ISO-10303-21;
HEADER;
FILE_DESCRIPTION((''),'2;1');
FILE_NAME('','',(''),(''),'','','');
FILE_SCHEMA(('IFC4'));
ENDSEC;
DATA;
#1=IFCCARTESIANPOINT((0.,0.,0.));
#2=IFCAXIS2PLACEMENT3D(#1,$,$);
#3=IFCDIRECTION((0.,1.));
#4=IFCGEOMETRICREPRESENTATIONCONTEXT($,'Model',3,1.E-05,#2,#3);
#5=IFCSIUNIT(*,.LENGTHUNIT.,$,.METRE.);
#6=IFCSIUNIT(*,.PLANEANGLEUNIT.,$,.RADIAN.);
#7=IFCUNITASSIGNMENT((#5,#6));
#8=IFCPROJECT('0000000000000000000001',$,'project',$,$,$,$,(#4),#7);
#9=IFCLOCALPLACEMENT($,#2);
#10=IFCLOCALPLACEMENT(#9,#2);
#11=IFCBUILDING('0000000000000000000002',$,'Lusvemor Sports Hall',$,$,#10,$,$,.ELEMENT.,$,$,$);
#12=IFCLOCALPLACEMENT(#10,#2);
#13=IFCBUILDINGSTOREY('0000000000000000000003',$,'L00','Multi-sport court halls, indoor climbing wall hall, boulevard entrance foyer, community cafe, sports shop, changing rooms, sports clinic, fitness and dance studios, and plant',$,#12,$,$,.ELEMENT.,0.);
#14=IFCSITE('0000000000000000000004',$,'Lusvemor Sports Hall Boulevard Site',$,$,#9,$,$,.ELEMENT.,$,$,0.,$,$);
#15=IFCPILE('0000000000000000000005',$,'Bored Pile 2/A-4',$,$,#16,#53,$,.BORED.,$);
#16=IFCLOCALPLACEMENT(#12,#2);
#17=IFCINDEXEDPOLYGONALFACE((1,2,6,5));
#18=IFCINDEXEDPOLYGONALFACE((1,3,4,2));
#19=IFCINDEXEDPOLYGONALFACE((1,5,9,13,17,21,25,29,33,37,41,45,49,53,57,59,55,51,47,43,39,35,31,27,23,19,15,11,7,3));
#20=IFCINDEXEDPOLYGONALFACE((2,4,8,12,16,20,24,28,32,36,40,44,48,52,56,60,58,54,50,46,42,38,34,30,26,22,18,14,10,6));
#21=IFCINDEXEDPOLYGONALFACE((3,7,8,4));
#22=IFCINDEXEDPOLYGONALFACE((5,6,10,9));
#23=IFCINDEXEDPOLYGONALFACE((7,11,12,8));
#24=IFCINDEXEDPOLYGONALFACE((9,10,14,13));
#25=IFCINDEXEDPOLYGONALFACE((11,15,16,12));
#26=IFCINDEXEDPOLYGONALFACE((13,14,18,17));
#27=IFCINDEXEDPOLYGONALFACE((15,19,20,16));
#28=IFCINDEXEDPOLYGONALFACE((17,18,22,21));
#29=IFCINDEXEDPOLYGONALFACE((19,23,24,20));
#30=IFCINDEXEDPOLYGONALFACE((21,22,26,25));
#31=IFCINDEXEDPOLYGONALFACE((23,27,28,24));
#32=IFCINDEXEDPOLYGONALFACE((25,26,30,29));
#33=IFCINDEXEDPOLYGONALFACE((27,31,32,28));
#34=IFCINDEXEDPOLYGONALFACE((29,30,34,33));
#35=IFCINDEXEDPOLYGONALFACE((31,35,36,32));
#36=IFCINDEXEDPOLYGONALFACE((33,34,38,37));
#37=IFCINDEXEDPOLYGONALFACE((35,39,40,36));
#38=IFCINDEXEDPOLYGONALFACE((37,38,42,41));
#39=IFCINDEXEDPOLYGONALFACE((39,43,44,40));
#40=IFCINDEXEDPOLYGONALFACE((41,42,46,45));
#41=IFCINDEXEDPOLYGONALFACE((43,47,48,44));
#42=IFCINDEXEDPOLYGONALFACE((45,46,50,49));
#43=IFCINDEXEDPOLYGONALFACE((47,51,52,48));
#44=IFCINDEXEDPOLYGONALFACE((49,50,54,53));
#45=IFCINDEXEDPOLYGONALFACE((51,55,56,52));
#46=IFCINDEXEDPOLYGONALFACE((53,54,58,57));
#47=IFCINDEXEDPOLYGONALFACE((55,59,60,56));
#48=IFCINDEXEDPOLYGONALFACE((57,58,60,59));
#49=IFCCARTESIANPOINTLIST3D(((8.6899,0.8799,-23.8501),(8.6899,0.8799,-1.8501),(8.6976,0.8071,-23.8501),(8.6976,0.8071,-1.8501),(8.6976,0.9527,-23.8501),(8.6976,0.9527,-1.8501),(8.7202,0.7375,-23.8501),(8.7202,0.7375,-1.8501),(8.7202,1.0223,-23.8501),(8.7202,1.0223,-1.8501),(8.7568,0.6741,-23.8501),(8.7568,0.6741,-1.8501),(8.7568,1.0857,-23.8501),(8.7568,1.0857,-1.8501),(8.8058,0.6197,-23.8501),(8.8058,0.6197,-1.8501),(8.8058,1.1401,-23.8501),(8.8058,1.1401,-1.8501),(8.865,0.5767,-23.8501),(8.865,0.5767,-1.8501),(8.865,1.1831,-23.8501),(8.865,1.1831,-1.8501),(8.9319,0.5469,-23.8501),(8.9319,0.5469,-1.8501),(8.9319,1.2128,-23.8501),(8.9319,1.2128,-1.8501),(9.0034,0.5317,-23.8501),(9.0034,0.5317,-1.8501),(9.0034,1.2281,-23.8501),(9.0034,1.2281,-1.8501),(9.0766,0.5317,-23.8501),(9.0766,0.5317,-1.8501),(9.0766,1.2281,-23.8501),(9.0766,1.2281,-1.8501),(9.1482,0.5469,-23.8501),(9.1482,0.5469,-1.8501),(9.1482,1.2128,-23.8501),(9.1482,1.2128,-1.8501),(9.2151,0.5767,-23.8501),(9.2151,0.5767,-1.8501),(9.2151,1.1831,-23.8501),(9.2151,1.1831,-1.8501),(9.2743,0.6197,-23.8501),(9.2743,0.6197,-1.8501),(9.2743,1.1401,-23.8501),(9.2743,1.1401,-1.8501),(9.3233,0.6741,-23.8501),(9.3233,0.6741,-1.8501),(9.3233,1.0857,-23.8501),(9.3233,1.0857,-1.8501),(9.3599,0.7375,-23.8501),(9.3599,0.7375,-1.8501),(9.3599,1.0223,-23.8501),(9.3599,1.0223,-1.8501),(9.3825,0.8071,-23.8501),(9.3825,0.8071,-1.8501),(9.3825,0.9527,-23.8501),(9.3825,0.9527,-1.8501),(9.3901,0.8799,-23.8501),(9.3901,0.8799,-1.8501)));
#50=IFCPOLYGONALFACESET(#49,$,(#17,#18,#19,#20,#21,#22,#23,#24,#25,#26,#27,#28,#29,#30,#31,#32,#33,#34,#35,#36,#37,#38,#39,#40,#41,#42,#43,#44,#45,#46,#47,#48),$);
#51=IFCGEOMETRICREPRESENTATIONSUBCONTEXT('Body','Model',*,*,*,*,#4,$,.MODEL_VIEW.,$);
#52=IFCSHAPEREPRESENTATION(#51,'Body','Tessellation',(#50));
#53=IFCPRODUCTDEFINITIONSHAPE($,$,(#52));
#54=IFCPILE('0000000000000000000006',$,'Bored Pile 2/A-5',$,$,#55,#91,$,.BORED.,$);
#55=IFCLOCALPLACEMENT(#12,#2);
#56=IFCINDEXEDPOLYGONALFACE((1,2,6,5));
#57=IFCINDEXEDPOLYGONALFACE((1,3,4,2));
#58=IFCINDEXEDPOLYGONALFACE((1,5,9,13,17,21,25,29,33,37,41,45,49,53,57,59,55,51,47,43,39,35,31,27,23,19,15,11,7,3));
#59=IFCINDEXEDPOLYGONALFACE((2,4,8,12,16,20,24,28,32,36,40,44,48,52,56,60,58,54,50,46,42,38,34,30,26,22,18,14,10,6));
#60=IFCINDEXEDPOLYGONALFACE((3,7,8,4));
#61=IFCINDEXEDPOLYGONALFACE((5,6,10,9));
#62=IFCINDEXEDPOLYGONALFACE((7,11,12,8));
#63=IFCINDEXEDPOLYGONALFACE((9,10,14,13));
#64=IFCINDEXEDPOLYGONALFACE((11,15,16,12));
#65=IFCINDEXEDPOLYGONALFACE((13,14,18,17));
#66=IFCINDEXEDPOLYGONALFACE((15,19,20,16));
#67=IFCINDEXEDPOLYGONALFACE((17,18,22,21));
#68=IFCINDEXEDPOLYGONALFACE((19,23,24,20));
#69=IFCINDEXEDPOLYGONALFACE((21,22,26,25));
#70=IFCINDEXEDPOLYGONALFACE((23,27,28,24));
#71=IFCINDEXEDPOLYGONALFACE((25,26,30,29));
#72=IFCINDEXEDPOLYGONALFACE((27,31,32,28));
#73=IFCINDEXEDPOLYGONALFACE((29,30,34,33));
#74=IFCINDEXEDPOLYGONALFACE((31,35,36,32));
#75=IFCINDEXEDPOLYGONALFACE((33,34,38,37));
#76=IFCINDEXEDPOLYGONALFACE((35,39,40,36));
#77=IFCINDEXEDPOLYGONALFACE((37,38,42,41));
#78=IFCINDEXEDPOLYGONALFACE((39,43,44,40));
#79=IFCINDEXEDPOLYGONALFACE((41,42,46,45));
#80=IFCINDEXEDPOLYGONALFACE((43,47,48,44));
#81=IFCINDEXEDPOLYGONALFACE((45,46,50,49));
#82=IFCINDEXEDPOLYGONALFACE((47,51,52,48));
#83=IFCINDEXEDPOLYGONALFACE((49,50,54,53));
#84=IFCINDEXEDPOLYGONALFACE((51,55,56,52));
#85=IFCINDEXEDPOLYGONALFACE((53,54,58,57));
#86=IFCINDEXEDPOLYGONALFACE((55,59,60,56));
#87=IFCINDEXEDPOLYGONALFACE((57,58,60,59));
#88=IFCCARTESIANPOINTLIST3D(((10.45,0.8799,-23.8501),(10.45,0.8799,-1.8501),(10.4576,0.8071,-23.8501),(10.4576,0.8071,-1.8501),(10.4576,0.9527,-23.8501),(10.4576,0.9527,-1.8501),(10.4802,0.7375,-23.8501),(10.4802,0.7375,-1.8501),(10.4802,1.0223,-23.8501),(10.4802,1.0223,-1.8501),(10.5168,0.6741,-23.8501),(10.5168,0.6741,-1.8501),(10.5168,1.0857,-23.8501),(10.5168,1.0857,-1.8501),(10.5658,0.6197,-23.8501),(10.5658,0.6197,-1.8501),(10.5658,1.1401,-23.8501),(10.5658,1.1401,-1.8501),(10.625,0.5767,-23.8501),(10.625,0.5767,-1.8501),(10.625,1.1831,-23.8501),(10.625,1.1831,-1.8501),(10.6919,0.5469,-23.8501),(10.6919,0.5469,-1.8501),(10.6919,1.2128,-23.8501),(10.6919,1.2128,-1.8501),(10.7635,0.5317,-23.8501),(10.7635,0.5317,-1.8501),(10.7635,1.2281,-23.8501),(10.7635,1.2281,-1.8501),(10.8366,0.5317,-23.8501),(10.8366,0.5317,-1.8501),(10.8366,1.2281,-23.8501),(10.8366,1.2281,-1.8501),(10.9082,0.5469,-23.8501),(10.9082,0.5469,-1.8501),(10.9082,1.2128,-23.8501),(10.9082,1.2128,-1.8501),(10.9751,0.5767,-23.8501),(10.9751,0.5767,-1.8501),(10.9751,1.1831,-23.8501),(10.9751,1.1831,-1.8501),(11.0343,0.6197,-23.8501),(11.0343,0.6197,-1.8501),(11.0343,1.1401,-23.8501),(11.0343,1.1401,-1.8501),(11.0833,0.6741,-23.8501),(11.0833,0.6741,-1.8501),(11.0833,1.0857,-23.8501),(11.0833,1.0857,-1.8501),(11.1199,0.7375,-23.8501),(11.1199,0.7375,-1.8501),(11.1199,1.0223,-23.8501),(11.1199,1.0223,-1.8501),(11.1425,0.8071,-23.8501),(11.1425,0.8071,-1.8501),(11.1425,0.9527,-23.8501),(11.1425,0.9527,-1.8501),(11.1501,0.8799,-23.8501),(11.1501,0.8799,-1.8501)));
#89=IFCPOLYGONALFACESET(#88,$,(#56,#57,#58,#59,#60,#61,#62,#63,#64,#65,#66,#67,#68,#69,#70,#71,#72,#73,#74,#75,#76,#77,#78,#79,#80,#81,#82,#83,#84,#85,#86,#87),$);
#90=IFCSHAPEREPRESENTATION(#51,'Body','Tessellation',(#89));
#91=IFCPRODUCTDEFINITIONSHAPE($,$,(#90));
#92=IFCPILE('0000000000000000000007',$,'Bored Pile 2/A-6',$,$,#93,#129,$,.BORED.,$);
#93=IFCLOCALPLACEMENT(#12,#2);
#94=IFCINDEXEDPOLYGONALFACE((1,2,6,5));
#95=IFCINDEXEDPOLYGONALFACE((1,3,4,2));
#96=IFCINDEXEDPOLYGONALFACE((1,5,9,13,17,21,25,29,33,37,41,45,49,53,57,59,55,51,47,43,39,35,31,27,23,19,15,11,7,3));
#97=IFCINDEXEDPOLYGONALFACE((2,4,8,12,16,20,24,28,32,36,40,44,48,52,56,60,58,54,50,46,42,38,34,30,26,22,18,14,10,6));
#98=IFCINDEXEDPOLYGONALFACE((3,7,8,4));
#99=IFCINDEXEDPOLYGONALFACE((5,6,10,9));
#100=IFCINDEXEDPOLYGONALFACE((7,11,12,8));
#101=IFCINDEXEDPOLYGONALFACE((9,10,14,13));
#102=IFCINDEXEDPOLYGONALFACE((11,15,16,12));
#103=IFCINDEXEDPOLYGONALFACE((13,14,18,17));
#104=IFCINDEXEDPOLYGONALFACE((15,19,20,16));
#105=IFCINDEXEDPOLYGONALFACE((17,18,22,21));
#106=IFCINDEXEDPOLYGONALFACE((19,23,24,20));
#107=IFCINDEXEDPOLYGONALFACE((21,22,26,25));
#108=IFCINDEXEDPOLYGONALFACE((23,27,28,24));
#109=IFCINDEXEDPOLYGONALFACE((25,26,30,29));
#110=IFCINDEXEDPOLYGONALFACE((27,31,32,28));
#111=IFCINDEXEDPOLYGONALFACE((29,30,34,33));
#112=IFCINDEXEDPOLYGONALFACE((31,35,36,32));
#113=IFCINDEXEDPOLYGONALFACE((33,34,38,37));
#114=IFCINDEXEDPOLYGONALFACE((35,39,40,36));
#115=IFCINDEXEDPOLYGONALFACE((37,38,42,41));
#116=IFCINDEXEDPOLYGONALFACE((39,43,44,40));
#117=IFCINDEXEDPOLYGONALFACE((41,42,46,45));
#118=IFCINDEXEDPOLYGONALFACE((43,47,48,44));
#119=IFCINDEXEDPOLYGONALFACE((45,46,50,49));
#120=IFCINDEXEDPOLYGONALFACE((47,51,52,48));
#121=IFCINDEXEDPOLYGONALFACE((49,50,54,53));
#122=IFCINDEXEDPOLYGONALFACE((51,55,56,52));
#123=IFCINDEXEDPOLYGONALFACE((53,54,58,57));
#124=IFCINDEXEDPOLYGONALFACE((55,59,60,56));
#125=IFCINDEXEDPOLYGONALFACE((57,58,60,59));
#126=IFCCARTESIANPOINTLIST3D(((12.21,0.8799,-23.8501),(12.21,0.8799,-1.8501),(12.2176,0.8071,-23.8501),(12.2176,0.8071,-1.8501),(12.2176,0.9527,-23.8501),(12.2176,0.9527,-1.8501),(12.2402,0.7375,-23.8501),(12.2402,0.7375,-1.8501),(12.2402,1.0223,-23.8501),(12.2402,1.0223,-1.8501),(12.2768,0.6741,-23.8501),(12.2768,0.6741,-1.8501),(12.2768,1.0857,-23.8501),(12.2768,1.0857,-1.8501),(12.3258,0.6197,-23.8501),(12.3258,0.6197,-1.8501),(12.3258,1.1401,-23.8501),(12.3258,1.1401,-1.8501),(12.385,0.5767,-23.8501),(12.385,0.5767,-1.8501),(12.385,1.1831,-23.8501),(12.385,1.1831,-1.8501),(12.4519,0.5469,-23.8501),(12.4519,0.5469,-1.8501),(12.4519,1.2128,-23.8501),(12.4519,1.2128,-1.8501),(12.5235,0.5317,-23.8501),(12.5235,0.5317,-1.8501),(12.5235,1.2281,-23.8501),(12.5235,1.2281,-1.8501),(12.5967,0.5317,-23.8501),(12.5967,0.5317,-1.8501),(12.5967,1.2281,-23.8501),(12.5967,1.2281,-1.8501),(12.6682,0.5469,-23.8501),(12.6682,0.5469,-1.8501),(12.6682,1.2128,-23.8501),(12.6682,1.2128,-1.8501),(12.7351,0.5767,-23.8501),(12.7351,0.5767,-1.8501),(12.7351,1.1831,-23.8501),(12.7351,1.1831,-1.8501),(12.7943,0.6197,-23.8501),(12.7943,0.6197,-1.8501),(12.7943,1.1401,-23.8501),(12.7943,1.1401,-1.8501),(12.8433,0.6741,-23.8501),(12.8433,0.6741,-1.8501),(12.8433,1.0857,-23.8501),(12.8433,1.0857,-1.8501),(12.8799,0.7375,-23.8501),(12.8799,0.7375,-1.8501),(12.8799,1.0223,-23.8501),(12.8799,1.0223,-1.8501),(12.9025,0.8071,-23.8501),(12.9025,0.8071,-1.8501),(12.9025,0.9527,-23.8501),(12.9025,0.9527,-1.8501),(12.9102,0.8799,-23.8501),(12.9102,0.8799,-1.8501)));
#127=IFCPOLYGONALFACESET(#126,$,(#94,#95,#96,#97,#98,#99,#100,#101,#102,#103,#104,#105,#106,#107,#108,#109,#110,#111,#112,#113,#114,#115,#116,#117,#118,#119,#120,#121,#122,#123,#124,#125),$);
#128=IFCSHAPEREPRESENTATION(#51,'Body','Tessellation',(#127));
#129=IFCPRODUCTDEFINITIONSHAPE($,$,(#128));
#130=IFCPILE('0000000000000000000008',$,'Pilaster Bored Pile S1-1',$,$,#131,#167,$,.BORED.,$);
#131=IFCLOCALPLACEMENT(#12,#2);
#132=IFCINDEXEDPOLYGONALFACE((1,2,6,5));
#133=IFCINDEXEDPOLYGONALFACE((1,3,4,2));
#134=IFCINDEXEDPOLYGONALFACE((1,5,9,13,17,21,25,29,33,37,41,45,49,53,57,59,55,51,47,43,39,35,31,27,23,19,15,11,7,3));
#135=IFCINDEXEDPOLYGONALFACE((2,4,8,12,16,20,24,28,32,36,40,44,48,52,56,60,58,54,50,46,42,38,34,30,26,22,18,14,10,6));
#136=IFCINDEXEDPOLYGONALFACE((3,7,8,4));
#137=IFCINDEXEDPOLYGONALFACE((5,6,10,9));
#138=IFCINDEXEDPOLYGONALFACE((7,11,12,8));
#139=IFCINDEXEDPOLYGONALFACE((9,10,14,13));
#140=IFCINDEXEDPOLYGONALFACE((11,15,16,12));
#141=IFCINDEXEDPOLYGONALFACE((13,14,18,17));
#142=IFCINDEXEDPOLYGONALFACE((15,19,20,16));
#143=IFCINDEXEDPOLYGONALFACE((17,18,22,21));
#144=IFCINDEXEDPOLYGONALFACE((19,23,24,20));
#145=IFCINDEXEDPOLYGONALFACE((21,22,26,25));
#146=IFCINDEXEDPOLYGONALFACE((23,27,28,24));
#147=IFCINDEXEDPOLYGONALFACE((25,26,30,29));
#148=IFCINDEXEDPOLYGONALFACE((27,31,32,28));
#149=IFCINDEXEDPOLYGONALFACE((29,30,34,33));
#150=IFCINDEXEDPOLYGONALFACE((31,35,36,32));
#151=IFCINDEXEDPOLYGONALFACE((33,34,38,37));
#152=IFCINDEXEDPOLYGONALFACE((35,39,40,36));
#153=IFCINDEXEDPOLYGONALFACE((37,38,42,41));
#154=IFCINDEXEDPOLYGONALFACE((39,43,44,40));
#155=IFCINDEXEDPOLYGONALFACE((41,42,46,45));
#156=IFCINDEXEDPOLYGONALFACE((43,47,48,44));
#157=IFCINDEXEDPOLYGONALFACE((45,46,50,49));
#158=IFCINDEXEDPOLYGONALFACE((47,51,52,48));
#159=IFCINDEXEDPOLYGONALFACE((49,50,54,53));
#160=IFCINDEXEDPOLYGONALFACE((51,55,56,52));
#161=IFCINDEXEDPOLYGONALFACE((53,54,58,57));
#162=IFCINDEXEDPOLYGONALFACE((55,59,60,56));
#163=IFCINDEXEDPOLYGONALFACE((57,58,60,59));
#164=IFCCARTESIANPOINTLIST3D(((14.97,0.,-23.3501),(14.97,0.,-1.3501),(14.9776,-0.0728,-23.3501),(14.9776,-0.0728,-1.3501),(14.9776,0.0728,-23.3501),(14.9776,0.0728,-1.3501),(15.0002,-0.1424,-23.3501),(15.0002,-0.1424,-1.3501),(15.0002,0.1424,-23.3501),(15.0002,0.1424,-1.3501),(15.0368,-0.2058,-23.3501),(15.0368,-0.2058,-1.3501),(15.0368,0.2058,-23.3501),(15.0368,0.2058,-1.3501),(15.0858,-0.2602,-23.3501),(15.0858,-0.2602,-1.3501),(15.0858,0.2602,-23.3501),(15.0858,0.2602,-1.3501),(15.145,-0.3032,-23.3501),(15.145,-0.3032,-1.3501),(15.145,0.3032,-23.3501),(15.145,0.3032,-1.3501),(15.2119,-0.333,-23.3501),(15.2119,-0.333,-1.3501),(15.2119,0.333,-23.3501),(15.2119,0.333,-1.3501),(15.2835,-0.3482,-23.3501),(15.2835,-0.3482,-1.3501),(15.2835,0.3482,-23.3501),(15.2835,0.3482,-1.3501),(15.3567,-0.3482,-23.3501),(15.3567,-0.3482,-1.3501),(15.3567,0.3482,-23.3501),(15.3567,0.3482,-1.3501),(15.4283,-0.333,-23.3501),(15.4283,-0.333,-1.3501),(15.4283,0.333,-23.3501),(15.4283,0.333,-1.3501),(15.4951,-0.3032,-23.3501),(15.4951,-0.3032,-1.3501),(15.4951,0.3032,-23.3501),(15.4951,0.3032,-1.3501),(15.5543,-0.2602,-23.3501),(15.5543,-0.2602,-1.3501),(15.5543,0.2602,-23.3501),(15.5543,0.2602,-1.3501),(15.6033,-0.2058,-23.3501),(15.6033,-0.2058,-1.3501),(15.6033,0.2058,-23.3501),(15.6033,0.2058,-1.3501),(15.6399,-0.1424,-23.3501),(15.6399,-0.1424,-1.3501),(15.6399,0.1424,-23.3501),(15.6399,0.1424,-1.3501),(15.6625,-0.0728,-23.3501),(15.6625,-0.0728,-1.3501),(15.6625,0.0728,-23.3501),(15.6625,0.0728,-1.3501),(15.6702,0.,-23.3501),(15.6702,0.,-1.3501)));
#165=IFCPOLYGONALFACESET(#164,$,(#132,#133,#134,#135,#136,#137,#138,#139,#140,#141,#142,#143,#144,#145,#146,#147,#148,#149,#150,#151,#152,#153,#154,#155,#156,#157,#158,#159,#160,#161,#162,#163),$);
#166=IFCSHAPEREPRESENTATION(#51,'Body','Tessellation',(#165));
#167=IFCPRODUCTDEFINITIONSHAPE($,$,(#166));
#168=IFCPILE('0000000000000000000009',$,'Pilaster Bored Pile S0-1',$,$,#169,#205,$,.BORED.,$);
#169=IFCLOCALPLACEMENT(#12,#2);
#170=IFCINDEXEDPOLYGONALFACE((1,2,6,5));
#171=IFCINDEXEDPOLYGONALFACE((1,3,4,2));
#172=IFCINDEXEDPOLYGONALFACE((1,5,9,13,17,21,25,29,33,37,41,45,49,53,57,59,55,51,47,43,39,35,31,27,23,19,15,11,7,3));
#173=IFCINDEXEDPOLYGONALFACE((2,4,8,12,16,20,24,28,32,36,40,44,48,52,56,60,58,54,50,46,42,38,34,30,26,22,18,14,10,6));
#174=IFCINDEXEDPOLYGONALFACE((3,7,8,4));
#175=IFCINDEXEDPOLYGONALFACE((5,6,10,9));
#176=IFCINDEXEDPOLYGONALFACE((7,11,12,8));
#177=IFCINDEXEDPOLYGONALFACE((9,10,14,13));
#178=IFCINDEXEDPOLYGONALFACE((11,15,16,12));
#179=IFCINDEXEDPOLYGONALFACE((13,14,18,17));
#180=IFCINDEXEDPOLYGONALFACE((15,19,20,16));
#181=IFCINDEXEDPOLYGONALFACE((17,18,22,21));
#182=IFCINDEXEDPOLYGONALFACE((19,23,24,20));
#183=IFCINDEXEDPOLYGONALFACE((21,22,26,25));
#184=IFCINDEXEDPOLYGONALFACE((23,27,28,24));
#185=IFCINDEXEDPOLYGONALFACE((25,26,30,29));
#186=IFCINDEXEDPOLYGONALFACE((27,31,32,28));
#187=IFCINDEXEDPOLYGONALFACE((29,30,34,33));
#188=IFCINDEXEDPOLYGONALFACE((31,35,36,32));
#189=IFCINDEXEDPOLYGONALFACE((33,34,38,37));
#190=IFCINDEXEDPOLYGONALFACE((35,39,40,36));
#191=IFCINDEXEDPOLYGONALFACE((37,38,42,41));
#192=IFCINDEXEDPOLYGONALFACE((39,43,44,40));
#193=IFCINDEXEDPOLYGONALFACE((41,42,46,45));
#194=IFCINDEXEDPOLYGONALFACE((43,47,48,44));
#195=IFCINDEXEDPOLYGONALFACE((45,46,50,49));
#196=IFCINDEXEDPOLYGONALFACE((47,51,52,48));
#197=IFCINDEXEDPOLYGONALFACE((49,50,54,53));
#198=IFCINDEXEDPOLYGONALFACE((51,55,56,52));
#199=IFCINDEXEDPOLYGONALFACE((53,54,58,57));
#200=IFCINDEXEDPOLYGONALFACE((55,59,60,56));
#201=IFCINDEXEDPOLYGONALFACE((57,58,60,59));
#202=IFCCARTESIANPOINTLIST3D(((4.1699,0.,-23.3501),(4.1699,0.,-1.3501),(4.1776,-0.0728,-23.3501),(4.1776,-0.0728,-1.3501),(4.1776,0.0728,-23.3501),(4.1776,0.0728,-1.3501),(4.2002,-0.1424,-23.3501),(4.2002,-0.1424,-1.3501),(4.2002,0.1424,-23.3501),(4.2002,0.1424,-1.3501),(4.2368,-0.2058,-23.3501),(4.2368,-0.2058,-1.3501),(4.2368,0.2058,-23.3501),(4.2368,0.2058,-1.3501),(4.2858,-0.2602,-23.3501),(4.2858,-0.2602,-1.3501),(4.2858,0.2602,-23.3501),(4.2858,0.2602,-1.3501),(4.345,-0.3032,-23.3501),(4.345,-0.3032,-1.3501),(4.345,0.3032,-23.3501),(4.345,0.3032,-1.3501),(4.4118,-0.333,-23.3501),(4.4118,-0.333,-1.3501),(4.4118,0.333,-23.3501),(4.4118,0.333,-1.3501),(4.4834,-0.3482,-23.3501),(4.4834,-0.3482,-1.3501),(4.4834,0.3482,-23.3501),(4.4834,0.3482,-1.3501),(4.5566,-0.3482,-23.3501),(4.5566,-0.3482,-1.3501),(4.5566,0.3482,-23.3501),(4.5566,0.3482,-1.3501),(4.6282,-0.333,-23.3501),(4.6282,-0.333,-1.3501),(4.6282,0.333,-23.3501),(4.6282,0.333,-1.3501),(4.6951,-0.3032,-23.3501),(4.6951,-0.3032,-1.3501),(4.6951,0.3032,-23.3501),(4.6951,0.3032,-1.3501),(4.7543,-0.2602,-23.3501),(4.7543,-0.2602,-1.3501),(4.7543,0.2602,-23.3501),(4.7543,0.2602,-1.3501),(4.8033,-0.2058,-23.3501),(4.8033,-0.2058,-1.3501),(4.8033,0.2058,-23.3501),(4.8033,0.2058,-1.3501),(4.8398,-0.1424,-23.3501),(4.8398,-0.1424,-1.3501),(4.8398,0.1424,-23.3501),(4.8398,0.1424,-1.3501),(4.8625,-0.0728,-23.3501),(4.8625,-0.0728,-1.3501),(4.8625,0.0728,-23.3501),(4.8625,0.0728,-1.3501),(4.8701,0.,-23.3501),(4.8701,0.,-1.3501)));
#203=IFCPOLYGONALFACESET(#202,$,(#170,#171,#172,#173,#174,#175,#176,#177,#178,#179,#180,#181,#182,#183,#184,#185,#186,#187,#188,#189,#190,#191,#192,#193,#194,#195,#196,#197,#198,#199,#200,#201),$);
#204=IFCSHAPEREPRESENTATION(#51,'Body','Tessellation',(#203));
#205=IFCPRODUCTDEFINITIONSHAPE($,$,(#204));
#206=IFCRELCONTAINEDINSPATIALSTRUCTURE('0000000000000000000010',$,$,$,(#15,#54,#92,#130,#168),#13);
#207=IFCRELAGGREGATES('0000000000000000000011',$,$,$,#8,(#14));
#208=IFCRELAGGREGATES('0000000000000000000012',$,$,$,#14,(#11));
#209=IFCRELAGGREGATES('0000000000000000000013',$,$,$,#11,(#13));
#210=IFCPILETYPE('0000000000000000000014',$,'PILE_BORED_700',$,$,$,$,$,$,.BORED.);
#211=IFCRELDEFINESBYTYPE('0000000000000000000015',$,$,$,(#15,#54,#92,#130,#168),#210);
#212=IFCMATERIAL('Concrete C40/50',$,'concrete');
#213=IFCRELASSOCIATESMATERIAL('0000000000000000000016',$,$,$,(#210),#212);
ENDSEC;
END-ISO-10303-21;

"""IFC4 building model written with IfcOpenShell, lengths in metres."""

from ifc_helpers import new_model, si_unit, direction, frame, origin, origin_2d, place, context, subcontext, project, spatial, circle, extrude, material, material_profile, profile_set, type_object, element, save


model = new_model("IFC4")

# Units and contexts
model_context = context("Model", 3, precision=1e-05, world=origin(), true_north=direction((0.0, 1.0)))
body_context = subcontext(model_context, "Body", "Model", "MODEL_VIEW")
ifc_project = project(units=[si_unit("LENGTHUNIT", "METRE"), si_unit("PLANEANGLEUNIT", "RADIAN")], contexts=[model_context])

# Site, building, storey
site_placement = place(None, origin())
site = spatial("IfcSite", under=ifc_project, at=site_placement, Name="Lusvemor Sports Hall Boulevard Site", CompositionType="ELEMENT", RefElevation=0.0)
building_placement = place(site_placement, origin())
building = spatial("IfcBuilding", under=site, at=building_placement, Name="Lusvemor Sports Hall", CompositionType="ELEMENT")
storey_placement = place(building_placement, origin())
storey = spatial("IfcBuildingStorey", under=building, at=storey_placement, Name="L00", Description="Multi-sport court halls, indoor climbing wall hall, boulevard entrance foyer, community cafe, sports shop, changing rooms, sports clinic, fitness and dance studios, and plant", CompositionType="ELEMENT", Elevation=0.0)

# Piles
ifc_material_1 = material(Name="Concrete C40/50", Category="concrete")
ifc_material_profile_1 = material_profile(ifc_material_1, circle(Radius=0.3501, at=origin_2d()), Name="PILE700")
ifc_profile_set_1 = profile_set([ifc_material_profile_1], Name="Concrete C40/50")
pile_type = type_object("IfcPileType", Name="PILE_BORED_700", PredefinedType="BORED", material=ifc_profile_set_1)
for number, where, z_axis, x_axis, name in (
    (1, (9.04, 0.8799, -1.8501), (0.0, 0.0, -1.0), (1.0, 0.0, 0.0), "Bored Pile 2/A-4"),
    (2, (10.8, 0.8799, -1.8501), (0.0, 0.0, -1.0), (1.0, 0.0, 0.0), "Bored Pile 2/A-5"),
    (3, (12.5601, 0.8799, -1.8501), (0.0, 0.0, -1.0), (1.0, 0.0, 0.0), "Bored Pile 2/A-6"),
    (4, (15.3201, 0.0, -1.3501), (0.0, 0.0, -1.0), (1.0, 0.0, 0.0), "Pilaster Bored Pile S1-1"),
    (5, (4.52, 0.0, -1.3501), (0.0, 0.0, -1.0), (1.0, 0.0, 0.0), "Pilaster Bored Pile S0-1"),
):
    element("IfcPile", number, at=place(storey_placement, frame(where, z_axis=z_axis, x_axis=x_axis)), inside=storey, type_object=pile_type, Name=name, PredefinedType="BORED", context=body_context, shape_type="SweptSolid", body=[
        extrude(circle(Radius=0.3501, at=origin_2d()), origin(), (0.0, 0.0, 1.0), 22.0),
    ])

save(model, "model.ifc")
